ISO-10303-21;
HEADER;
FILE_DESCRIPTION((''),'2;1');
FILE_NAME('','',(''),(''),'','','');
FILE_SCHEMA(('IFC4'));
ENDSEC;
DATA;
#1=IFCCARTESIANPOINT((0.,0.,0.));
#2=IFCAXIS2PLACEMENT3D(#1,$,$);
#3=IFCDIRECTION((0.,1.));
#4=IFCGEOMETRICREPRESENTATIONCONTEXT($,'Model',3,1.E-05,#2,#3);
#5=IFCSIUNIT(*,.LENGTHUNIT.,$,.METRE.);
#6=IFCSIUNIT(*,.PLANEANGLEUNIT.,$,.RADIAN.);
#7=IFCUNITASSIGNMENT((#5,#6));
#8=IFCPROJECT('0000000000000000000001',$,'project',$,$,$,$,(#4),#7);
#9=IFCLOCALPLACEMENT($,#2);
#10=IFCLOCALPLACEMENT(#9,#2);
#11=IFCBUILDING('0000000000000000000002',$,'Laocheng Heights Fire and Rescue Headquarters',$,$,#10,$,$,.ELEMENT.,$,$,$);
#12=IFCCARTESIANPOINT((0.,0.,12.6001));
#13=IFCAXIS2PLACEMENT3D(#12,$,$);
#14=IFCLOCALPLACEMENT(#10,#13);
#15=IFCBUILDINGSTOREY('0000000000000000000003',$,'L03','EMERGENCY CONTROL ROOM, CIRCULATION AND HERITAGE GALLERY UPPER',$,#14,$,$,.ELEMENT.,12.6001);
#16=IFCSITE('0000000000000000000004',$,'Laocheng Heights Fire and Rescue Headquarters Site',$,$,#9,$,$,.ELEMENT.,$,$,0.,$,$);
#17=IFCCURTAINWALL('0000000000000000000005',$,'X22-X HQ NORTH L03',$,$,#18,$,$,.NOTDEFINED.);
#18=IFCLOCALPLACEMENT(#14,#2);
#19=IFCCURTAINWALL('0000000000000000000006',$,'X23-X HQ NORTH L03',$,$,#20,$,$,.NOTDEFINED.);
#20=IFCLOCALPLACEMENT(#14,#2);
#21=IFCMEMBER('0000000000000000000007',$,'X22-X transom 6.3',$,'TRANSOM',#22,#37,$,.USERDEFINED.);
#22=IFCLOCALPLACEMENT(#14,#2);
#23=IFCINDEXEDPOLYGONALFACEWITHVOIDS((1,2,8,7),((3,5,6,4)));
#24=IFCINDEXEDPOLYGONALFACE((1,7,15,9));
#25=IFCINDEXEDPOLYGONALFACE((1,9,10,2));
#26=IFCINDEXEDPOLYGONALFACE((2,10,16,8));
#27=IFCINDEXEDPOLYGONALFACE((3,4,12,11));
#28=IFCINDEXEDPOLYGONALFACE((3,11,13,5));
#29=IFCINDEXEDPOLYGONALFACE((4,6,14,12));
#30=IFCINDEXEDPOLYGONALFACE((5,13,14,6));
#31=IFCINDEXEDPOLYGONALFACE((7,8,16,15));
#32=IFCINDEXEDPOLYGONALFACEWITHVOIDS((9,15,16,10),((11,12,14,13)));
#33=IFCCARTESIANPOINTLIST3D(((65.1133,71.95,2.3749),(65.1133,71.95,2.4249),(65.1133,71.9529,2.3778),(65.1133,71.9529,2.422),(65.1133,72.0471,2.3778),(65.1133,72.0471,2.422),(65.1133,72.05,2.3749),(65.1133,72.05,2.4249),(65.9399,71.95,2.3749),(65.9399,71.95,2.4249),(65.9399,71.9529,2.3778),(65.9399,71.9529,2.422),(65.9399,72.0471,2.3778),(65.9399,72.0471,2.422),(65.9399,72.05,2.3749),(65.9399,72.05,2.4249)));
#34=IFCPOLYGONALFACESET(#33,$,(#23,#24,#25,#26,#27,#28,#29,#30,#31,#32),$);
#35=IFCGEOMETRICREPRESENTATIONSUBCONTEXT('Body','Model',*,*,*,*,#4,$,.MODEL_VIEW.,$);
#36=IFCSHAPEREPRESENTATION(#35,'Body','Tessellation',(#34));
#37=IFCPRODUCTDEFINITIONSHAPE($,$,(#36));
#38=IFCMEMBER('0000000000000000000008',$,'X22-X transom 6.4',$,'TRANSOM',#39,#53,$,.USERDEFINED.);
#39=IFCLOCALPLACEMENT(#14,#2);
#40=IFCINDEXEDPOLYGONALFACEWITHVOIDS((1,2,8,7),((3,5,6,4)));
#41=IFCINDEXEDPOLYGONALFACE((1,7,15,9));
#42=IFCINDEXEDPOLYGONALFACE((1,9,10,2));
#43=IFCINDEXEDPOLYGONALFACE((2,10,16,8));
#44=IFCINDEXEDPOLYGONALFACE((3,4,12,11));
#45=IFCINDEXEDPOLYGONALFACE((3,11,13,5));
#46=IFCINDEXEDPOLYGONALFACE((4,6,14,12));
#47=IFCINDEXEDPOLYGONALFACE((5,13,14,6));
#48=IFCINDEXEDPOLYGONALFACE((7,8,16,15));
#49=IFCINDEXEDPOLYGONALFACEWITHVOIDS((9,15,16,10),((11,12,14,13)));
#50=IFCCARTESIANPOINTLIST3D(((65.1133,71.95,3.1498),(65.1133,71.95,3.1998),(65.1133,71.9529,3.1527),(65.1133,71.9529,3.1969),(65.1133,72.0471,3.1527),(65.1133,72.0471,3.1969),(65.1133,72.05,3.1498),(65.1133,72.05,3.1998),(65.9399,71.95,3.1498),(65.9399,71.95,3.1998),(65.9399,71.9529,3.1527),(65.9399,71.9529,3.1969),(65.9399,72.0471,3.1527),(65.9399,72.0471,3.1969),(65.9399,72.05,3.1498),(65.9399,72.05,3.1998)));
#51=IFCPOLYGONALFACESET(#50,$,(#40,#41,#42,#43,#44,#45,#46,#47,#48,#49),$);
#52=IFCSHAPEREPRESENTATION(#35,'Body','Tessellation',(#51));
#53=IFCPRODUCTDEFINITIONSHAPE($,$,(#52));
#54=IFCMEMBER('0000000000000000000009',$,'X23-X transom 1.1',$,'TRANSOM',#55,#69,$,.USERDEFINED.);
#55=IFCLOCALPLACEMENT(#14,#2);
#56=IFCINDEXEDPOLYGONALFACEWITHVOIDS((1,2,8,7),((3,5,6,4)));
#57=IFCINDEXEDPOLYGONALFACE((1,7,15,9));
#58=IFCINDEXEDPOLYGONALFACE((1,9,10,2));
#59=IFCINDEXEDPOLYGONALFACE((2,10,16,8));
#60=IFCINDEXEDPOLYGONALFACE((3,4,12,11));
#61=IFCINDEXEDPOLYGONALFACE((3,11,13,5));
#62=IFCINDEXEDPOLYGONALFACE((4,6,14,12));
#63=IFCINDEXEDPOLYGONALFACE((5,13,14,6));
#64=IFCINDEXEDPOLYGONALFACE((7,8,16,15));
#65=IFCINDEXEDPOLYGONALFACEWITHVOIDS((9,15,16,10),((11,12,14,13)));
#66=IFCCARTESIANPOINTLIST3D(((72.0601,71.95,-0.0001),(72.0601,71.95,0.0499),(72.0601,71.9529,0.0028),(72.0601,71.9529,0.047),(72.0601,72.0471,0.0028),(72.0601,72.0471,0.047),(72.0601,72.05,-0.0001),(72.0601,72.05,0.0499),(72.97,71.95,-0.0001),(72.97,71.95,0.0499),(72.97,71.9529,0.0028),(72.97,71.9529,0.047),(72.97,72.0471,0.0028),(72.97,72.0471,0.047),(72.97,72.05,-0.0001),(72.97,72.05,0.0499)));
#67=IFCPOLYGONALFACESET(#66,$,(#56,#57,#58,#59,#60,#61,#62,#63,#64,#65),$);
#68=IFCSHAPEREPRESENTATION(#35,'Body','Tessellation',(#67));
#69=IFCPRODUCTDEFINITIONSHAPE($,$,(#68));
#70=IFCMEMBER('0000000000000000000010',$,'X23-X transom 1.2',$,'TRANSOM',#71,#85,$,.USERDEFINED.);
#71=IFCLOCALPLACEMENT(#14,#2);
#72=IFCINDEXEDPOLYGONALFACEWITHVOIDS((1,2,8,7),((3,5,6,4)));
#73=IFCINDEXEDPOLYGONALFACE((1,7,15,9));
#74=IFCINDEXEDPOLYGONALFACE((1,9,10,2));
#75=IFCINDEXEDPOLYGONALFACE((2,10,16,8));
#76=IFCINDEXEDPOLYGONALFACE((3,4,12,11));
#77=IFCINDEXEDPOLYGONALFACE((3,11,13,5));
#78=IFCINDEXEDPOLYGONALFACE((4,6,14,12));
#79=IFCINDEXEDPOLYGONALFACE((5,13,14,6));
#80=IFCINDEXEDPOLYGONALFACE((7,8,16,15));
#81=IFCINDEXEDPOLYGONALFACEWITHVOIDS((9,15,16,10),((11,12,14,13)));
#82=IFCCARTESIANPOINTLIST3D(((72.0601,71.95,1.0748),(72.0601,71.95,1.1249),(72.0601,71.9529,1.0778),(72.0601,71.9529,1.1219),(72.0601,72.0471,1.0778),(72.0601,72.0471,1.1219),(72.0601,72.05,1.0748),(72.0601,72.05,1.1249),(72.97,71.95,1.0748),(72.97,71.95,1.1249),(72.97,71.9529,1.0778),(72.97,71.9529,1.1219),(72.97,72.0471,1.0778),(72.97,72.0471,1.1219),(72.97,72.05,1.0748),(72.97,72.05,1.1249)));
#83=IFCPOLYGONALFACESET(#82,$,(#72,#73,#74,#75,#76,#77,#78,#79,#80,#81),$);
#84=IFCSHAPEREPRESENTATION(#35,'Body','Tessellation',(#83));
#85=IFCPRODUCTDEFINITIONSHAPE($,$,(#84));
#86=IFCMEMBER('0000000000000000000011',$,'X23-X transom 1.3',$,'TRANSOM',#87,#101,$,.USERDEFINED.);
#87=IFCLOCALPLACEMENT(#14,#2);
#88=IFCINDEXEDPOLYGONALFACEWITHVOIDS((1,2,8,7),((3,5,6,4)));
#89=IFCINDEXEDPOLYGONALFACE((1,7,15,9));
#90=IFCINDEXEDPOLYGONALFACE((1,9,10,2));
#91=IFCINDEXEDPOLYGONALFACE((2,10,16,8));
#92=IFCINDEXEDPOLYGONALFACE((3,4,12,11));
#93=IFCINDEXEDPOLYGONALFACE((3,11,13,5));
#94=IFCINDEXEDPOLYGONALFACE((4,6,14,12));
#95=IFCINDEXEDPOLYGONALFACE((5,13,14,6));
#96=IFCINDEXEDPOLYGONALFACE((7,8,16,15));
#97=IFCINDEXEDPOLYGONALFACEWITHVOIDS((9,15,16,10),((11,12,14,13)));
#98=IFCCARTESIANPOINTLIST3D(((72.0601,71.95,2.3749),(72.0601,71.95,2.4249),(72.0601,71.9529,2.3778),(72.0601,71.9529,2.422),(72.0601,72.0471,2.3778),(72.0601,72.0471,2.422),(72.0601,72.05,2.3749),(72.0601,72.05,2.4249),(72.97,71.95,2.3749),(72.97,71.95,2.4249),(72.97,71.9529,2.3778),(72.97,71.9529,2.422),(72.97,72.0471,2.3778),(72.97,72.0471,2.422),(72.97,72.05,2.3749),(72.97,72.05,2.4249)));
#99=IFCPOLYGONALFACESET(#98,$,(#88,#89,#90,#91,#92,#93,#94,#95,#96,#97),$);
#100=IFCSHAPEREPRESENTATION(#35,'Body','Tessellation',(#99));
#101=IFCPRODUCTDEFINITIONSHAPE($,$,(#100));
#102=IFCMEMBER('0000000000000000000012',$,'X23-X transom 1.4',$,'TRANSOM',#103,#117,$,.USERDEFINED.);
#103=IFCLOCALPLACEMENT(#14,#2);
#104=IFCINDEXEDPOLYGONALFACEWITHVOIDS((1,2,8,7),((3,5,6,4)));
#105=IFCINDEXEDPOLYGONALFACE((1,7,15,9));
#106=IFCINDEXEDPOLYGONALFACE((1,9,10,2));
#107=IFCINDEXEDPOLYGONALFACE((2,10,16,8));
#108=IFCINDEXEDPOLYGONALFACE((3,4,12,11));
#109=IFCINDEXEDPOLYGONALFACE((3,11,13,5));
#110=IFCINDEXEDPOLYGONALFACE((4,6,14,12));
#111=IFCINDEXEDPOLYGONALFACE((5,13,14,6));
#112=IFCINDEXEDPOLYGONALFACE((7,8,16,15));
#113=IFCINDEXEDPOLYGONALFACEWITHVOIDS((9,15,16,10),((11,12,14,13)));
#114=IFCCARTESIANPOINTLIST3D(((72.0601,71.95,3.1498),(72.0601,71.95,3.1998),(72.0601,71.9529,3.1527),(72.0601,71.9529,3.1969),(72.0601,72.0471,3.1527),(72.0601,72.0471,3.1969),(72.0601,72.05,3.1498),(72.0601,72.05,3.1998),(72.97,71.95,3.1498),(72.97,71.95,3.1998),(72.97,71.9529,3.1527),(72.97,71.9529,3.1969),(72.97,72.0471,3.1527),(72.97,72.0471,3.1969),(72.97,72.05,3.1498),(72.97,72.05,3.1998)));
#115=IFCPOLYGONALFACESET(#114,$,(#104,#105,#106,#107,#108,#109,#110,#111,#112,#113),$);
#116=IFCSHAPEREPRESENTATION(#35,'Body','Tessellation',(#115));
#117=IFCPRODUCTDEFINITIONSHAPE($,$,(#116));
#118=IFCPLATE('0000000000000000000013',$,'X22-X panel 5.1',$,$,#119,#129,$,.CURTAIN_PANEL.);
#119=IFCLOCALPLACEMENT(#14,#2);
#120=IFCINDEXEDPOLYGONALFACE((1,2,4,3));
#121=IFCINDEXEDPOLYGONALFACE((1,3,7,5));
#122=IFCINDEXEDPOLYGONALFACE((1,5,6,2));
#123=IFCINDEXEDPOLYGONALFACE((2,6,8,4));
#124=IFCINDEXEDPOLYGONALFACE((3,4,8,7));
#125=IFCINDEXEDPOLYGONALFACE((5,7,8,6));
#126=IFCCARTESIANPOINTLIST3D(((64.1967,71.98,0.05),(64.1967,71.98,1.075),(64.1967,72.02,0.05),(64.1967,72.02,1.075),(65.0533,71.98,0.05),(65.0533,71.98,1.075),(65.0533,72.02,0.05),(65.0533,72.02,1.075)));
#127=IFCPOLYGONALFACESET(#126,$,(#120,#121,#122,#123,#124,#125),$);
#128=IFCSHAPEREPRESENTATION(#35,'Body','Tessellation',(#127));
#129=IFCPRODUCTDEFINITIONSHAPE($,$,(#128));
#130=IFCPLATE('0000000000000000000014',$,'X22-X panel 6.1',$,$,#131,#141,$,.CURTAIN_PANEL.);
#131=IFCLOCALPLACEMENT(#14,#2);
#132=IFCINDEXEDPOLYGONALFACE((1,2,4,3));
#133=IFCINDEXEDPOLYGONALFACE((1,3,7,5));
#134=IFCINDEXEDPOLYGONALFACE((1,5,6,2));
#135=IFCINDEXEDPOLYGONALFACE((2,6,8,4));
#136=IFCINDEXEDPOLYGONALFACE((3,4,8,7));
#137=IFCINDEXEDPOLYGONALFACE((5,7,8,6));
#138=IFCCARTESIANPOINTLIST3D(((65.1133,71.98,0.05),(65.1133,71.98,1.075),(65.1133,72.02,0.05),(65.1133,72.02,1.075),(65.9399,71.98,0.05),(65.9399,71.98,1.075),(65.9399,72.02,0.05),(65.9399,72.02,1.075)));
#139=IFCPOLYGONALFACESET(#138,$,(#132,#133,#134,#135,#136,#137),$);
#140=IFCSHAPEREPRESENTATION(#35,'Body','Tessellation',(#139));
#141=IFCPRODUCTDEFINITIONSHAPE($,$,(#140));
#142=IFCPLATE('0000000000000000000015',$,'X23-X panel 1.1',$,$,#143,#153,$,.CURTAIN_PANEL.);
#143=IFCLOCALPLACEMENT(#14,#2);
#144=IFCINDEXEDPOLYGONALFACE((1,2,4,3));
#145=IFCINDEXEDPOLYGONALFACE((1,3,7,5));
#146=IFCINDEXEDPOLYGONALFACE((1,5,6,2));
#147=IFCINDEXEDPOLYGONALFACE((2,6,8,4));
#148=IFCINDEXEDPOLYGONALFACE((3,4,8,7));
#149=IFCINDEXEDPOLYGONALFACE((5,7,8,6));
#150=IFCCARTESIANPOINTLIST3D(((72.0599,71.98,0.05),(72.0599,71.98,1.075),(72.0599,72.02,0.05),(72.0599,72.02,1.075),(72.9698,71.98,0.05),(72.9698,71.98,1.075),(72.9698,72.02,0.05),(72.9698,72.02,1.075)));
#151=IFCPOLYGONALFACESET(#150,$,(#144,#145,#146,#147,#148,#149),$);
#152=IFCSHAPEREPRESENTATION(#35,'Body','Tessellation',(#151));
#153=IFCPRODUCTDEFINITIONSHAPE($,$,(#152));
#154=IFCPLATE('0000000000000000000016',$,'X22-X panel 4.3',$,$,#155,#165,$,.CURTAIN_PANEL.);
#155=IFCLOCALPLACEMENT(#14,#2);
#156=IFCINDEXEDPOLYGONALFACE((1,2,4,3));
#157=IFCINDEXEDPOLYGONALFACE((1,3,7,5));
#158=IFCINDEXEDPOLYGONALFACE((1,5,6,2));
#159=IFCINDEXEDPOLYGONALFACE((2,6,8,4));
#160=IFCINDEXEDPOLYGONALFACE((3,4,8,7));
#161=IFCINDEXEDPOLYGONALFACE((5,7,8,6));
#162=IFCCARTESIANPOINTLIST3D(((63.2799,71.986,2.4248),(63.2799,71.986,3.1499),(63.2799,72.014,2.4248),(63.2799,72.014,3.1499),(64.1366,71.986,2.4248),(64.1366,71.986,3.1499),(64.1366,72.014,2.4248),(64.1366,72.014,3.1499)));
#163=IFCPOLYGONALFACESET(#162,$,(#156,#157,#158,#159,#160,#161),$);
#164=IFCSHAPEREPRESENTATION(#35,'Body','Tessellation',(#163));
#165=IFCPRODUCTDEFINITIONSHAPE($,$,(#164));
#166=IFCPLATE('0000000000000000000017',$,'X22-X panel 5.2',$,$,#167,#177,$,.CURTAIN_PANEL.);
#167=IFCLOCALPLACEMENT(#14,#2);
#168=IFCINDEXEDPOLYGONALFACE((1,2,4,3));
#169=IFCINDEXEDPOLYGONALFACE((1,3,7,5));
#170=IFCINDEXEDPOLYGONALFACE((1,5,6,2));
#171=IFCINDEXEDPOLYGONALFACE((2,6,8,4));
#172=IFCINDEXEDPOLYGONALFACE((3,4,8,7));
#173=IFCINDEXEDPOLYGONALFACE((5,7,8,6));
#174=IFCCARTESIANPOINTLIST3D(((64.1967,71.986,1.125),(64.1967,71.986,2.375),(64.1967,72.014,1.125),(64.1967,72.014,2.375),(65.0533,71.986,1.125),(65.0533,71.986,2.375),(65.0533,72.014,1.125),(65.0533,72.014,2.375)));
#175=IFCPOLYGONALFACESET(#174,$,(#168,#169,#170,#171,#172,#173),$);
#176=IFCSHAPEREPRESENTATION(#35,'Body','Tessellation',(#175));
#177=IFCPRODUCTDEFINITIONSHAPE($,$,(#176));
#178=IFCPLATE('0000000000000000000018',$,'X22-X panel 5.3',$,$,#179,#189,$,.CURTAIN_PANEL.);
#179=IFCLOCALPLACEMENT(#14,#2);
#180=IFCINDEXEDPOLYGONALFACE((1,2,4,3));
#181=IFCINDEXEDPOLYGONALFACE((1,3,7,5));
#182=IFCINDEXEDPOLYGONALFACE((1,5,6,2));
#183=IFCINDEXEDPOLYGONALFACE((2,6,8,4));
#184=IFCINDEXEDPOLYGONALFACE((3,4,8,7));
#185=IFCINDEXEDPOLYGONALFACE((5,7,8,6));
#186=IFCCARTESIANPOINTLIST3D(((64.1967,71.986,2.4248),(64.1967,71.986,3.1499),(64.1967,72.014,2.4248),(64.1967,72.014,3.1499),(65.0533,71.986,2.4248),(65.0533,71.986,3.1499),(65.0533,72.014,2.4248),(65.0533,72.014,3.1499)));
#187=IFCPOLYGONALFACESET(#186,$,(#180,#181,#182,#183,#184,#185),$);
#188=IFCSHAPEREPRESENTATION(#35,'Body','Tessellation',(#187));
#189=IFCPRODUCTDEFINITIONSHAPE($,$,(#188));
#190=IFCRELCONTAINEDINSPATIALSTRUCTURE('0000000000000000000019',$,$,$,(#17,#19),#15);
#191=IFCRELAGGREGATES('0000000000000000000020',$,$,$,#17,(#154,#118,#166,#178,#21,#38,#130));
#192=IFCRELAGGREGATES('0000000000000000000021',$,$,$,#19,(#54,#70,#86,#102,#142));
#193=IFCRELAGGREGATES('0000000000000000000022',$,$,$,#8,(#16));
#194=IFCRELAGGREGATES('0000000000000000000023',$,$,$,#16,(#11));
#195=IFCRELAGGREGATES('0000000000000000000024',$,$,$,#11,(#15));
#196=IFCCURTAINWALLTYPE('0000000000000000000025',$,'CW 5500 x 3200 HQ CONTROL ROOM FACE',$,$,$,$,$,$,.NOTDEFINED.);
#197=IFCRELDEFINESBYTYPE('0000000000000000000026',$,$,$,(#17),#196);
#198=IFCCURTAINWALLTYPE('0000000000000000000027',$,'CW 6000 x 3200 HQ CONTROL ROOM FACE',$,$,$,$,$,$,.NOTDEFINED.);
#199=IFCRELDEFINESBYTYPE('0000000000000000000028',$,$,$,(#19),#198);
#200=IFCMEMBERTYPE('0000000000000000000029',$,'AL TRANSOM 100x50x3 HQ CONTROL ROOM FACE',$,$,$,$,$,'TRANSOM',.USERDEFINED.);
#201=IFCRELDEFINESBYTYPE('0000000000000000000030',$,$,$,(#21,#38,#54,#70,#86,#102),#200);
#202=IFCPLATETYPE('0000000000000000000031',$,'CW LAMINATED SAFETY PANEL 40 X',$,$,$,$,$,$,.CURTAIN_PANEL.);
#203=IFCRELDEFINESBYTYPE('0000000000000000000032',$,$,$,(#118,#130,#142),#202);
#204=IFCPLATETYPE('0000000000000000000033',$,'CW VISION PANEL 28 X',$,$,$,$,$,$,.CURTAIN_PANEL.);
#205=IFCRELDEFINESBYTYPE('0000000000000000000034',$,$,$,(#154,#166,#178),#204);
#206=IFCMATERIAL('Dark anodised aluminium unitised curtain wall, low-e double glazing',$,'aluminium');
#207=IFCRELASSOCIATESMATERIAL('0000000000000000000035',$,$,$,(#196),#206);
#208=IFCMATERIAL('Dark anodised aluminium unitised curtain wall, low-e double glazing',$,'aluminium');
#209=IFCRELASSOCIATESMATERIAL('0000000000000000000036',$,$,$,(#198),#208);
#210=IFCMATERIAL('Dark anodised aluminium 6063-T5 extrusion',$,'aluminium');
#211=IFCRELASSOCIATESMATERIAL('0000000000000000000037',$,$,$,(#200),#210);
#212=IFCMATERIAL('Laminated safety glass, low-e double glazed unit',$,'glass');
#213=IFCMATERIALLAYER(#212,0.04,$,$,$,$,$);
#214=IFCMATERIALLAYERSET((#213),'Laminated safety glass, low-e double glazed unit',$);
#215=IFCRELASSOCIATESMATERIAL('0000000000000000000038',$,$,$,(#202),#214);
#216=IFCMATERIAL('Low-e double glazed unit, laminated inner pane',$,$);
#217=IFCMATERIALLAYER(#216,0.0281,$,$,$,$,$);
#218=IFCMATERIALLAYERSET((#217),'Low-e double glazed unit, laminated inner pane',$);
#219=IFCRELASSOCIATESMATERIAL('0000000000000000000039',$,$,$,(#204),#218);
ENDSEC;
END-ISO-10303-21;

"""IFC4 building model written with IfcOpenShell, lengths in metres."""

from ifc_helpers import new_model, si_unit, direction, frame, origin, origin_2d, place, context, subcontext, project, spatial, rectangle, hollow_rectangle, extrude, material, layer, layer_set, material_profile, profile_set, type_object, element, aggregate, save


model = new_model("IFC4")

# Units and contexts
model_context = context("Model", 3, precision=1e-05, world=origin(), true_north=direction((0.0, 1.0)))
body_context = subcontext(model_context, "Body", "Model", "MODEL_VIEW")
ifc_project = project(units=[si_unit("LENGTHUNIT", "METRE"), si_unit("PLANEANGLEUNIT", "RADIAN")], contexts=[model_context])

# Site, building, storey
site_placement = place(None, origin())
site = spatial("IfcSite", under=ifc_project, at=site_placement, Name="Laocheng Heights Fire and Rescue Headquarters Site", CompositionType="ELEMENT", RefElevation=0.0)
building_placement = place(site_placement, origin())
building = spatial("IfcBuilding", under=site, at=building_placement, Name="Laocheng Heights Fire and Rescue Headquarters", CompositionType="ELEMENT")
storey_placement = place(building_placement, frame((0.0, 0.0, 12.6001)))
storey = spatial("IfcBuildingStorey", under=building, at=storey_placement, Name="L03", Description="EMERGENCY CONTROL ROOM, CIRCULATION AND HERITAGE GALLERY UPPER", CompositionType="ELEMENT", Elevation=12.6001)

# Curtain walls
ifc_material_1 = material(Name="Dark anodised aluminium unitised curtain wall, low-e double glazing", Category="aluminium")
curtain_wall_type_1 = type_object("IfcCurtainWallType", Name="CW 5500 x 3200 HQ CONTROL ROOM FACE", PredefinedType="NOTDEFINED", material=ifc_material_1)
curtain_wall_1_placement = place(storey_placement, origin())
curtain_wall_1 = element("IfcCurtainWall", 1, at=curtain_wall_1_placement, inside=storey, type_object=curtain_wall_type_1, Name="X22-X HQ NORTH L03", PredefinedType="NOTDEFINED")
ifc_material_2 = material(Name="Dark anodised aluminium unitised curtain wall, low-e double glazing", Category="aluminium")
curtain_wall_type_2 = type_object("IfcCurtainWallType", Name="CW 6000 x 3200 HQ CONTROL ROOM FACE", PredefinedType="NOTDEFINED", material=ifc_material_2)
curtain_wall_2_placement = place(storey_placement, origin())
curtain_wall_2 = element("IfcCurtainWall", 2, at=curtain_wall_2_placement, inside=storey, type_object=curtain_wall_type_2, Name="X23-X HQ NORTH L03", PredefinedType="NOTDEFINED")

# Members
ifc_material_3 = material(Name="Dark anodised aluminium 6063-T5 extrusion", Category="aluminium")
ifc_material_profile_1 = material_profile(ifc_material_3, hollow_rectangle(XDim=0.1001, YDim=0.05, WallThickness=0.0029, at=origin_2d()), Name="AL TRANSOM 100x50x3 HQ CONTROL ROOM FACE")
ifc_profile_set_1 = profile_set([ifc_material_profile_1], Name="Dark anodised aluminium 6063-T5 extrusion")
member_type_1 = type_object("IfcMemberType", Name="AL TRANSOM 100x50x3 HQ CONTROL ROOM FACE", ElementType="TRANSOM", PredefinedType="USERDEFINED", material=ifc_profile_set_1)
member_1_placement = place(storey_placement, frame((65.1133, 72.0, 2.3999), z_axis=(1.0, 0.0, 0.0), x_axis=(0.0, 1.0, 0.0)))
member_1 = element("IfcMember", 3, at=member_1_placement, type_object=member_type_1, Name="X22-X transom 6.3", ObjectType="TRANSOM", PredefinedType="USERDEFINED", context=body_context, shape_type="SweptSolid", body=[
    extrude(hollow_rectangle(XDim=0.1001, YDim=0.05, WallThickness=0.0029, at=origin_2d()), origin(), (0.0, 0.0, 1.0), 0.8267),
])
member_2_placement = place(storey_placement, frame((65.1133, 72.0, 3.1748), z_axis=(1.0, 0.0, 0.0), x_axis=(0.0, 1.0, 0.0)))
member_2 = element("IfcMember", 4, at=member_2_placement, type_object=member_type_1, Name="X22-X transom 6.4", ObjectType="TRANSOM", PredefinedType="USERDEFINED", context=body_context, shape_type="SweptSolid", body=[
    extrude(hollow_rectangle(XDim=0.1001, YDim=0.05, WallThickness=0.0029, at=origin_2d()), origin(), (0.0, 0.0, 1.0), 0.8267),
])
member_3_placement = place(storey_placement, frame((72.0601, 72.0, 0.0249), z_axis=(1.0, 0.0, 0.0), x_axis=(0.0, 1.0, 0.0)))
member_3 = element("IfcMember", 5, at=member_3_placement, type_object=member_type_1, Name="X23-X transom 1.1", ObjectType="TRANSOM", PredefinedType="USERDEFINED", context=body_context, shape_type="SweptSolid", body=[
    extrude(hollow_rectangle(XDim=0.1001, YDim=0.05, WallThickness=0.0029, at=origin_2d()), origin(), (0.0, 0.0, 1.0), 0.9099),
])
member_4_placement = place(storey_placement, frame((72.0601, 72.0, 1.0999), z_axis=(1.0, 0.0, 0.0), x_axis=(0.0, 1.0, 0.0)))
member_4 = element("IfcMember", 6, at=member_4_placement, type_object=member_type_1, Name="X23-X transom 1.2", ObjectType="TRANSOM", PredefinedType="USERDEFINED", context=body_context, shape_type="SweptSolid", body=[
    extrude(hollow_rectangle(XDim=0.1001, YDim=0.05, WallThickness=0.0029, at=origin_2d()), origin(), (0.0, 0.0, 1.0), 0.9099),
])
member_5_placement = place(storey_placement, frame((72.0601, 72.0, 2.3999), z_axis=(1.0, 0.0, 0.0), x_axis=(0.0, 1.0, 0.0)))
member_5 = element("IfcMember", 7, at=member_5_placement, type_object=member_type_1, Name="X23-X transom 1.3", ObjectType="TRANSOM", PredefinedType="USERDEFINED", context=body_context, shape_type="SweptSolid", body=[
    extrude(hollow_rectangle(XDim=0.1001, YDim=0.05, WallThickness=0.0029, at=origin_2d()), origin(), (0.0, 0.0, 1.0), 0.9099),
])
member_6_placement = place(storey_placement, frame((72.0601, 72.0, 3.1748), z_axis=(1.0, 0.0, 0.0), x_axis=(0.0, 1.0, 0.0)))
member_6 = element("IfcMember", 8, at=member_6_placement, type_object=member_type_1, Name="X23-X transom 1.4", ObjectType="TRANSOM", PredefinedType="USERDEFINED", context=body_context, shape_type="SweptSolid", body=[
    extrude(hollow_rectangle(XDim=0.1001, YDim=0.05, WallThickness=0.0029, at=origin_2d()), origin(), (0.0, 0.0, 1.0), 0.9099),
])

# Plates
ifc_material_4 = material(Name="Laminated safety glass, low-e double glazed unit", Category="glass")
ifc_layer_1 = layer(ifc_material_4, 0.04)
ifc_layer_set_1 = layer_set([ifc_layer_1], Name="Laminated safety glass, low-e double glazed unit")
plate_type_1 = type_object("IfcPlateType", Name="CW LAMINATED SAFETY PANEL 40 X", PredefinedType="CURTAIN_PANEL", material=ifc_layer_set_1)
plate_1_placement = place(storey_placement, frame((64.625, 72.0, 0.05), z_axis=(0.0, 0.0, 1.0), x_axis=(1.0, 0.0, 0.0)))
plate_1 = element("IfcPlate", 9, at=plate_1_placement, type_object=plate_type_1, Name="X22-X panel 5.1", PredefinedType="CURTAIN_PANEL", context=body_context, shape_type="SweptSolid", body=[
    extrude(rectangle(XDim=0.8567, YDim=0.04, at=origin_2d()), origin(), (0.0, 0.0, 1.0), 1.0249),
])
plate_2_placement = place(storey_placement, frame((65.5266, 72.0, 0.05), z_axis=(0.0, 0.0, 1.0), x_axis=(1.0, 0.0, 0.0)))
plate_2 = element("IfcPlate", 10, at=plate_2_placement, type_object=plate_type_1, Name="X22-X panel 6.1", PredefinedType="CURTAIN_PANEL", context=body_context, shape_type="SweptSolid", body=[
    extrude(rectangle(XDim=0.8267, YDim=0.04, at=origin_2d()), origin(), (0.0, 0.0, 1.0), 1.0249),
])
plate_3_placement = place(storey_placement, frame((72.5149, 72.0, 0.05), z_axis=(0.0, 0.0, 1.0), x_axis=(1.0, 0.0, 0.0)))
plate_3 = element("IfcPlate", 11, at=plate_3_placement, type_object=plate_type_1, Name="X23-X panel 1.1", PredefinedType="CURTAIN_PANEL", context=body_context, shape_type="SweptSolid", body=[
    extrude(rectangle(XDim=0.9099, YDim=0.04, at=origin_2d()), origin(), (0.0, 0.0, 1.0), 1.0249),
])
ifc_material_5 = material(Name="Low-e double glazed unit, laminated inner pane")
ifc_layer_2 = layer(ifc_material_5, 0.0281)
ifc_layer_set_2 = layer_set([ifc_layer_2], Name="Low-e double glazed unit, laminated inner pane")
plate_type_2 = type_object("IfcPlateType", Name="CW VISION PANEL 28 X", PredefinedType="CURTAIN_PANEL", material=ifc_layer_set_2)
plate_4_placement = place(storey_placement, frame((63.7083, 72.0, 2.4248), z_axis=(0.0, 0.0, 1.0), x_axis=(1.0, 0.0, 0.0)))
plate_4 = element("IfcPlate", 12, at=plate_4_placement, type_object=plate_type_2, Name="X22-X panel 4.3", PredefinedType="CURTAIN_PANEL", context=body_context, shape_type="SweptSolid", body=[
    extrude(rectangle(XDim=0.8567, YDim=0.0281, at=origin_2d()), origin(), (0.0, 0.0, 1.0), 0.7251),
])
plate_5_placement = place(storey_placement, frame((64.625, 72.0, 1.125), z_axis=(0.0, 0.0, 1.0), x_axis=(1.0, 0.0, 0.0)))
plate_5 = element("IfcPlate", 13, at=plate_5_placement, type_object=plate_type_2, Name="X22-X panel 5.2", PredefinedType="CURTAIN_PANEL", context=body_context, shape_type="SweptSolid", body=[
    extrude(rectangle(XDim=0.8567, YDim=0.0281, at=origin_2d()), origin(), (0.0, 0.0, 1.0), 1.25),
])
plate_6_placement = place(storey_placement, frame((64.625, 72.0, 2.4248), z_axis=(0.0, 0.0, 1.0), x_axis=(1.0, 0.0, 0.0)))
plate_6 = element("IfcPlate", 14, at=plate_6_placement, type_object=plate_type_2, Name="X22-X panel 5.3", PredefinedType="CURTAIN_PANEL", context=body_context, shape_type="SweptSolid", body=[
    extrude(rectangle(XDim=0.8567, YDim=0.0281, at=origin_2d()), origin(), (0.0, 0.0, 1.0), 0.7251),
])
aggregate(curtain_wall_1, [plate_4, plate_1, plate_5, plate_6, member_1, member_2, plate_2])
aggregate(curtain_wall_2, [member_3, member_4, member_5, member_6, plate_3])

save(model, "model.ifc")
